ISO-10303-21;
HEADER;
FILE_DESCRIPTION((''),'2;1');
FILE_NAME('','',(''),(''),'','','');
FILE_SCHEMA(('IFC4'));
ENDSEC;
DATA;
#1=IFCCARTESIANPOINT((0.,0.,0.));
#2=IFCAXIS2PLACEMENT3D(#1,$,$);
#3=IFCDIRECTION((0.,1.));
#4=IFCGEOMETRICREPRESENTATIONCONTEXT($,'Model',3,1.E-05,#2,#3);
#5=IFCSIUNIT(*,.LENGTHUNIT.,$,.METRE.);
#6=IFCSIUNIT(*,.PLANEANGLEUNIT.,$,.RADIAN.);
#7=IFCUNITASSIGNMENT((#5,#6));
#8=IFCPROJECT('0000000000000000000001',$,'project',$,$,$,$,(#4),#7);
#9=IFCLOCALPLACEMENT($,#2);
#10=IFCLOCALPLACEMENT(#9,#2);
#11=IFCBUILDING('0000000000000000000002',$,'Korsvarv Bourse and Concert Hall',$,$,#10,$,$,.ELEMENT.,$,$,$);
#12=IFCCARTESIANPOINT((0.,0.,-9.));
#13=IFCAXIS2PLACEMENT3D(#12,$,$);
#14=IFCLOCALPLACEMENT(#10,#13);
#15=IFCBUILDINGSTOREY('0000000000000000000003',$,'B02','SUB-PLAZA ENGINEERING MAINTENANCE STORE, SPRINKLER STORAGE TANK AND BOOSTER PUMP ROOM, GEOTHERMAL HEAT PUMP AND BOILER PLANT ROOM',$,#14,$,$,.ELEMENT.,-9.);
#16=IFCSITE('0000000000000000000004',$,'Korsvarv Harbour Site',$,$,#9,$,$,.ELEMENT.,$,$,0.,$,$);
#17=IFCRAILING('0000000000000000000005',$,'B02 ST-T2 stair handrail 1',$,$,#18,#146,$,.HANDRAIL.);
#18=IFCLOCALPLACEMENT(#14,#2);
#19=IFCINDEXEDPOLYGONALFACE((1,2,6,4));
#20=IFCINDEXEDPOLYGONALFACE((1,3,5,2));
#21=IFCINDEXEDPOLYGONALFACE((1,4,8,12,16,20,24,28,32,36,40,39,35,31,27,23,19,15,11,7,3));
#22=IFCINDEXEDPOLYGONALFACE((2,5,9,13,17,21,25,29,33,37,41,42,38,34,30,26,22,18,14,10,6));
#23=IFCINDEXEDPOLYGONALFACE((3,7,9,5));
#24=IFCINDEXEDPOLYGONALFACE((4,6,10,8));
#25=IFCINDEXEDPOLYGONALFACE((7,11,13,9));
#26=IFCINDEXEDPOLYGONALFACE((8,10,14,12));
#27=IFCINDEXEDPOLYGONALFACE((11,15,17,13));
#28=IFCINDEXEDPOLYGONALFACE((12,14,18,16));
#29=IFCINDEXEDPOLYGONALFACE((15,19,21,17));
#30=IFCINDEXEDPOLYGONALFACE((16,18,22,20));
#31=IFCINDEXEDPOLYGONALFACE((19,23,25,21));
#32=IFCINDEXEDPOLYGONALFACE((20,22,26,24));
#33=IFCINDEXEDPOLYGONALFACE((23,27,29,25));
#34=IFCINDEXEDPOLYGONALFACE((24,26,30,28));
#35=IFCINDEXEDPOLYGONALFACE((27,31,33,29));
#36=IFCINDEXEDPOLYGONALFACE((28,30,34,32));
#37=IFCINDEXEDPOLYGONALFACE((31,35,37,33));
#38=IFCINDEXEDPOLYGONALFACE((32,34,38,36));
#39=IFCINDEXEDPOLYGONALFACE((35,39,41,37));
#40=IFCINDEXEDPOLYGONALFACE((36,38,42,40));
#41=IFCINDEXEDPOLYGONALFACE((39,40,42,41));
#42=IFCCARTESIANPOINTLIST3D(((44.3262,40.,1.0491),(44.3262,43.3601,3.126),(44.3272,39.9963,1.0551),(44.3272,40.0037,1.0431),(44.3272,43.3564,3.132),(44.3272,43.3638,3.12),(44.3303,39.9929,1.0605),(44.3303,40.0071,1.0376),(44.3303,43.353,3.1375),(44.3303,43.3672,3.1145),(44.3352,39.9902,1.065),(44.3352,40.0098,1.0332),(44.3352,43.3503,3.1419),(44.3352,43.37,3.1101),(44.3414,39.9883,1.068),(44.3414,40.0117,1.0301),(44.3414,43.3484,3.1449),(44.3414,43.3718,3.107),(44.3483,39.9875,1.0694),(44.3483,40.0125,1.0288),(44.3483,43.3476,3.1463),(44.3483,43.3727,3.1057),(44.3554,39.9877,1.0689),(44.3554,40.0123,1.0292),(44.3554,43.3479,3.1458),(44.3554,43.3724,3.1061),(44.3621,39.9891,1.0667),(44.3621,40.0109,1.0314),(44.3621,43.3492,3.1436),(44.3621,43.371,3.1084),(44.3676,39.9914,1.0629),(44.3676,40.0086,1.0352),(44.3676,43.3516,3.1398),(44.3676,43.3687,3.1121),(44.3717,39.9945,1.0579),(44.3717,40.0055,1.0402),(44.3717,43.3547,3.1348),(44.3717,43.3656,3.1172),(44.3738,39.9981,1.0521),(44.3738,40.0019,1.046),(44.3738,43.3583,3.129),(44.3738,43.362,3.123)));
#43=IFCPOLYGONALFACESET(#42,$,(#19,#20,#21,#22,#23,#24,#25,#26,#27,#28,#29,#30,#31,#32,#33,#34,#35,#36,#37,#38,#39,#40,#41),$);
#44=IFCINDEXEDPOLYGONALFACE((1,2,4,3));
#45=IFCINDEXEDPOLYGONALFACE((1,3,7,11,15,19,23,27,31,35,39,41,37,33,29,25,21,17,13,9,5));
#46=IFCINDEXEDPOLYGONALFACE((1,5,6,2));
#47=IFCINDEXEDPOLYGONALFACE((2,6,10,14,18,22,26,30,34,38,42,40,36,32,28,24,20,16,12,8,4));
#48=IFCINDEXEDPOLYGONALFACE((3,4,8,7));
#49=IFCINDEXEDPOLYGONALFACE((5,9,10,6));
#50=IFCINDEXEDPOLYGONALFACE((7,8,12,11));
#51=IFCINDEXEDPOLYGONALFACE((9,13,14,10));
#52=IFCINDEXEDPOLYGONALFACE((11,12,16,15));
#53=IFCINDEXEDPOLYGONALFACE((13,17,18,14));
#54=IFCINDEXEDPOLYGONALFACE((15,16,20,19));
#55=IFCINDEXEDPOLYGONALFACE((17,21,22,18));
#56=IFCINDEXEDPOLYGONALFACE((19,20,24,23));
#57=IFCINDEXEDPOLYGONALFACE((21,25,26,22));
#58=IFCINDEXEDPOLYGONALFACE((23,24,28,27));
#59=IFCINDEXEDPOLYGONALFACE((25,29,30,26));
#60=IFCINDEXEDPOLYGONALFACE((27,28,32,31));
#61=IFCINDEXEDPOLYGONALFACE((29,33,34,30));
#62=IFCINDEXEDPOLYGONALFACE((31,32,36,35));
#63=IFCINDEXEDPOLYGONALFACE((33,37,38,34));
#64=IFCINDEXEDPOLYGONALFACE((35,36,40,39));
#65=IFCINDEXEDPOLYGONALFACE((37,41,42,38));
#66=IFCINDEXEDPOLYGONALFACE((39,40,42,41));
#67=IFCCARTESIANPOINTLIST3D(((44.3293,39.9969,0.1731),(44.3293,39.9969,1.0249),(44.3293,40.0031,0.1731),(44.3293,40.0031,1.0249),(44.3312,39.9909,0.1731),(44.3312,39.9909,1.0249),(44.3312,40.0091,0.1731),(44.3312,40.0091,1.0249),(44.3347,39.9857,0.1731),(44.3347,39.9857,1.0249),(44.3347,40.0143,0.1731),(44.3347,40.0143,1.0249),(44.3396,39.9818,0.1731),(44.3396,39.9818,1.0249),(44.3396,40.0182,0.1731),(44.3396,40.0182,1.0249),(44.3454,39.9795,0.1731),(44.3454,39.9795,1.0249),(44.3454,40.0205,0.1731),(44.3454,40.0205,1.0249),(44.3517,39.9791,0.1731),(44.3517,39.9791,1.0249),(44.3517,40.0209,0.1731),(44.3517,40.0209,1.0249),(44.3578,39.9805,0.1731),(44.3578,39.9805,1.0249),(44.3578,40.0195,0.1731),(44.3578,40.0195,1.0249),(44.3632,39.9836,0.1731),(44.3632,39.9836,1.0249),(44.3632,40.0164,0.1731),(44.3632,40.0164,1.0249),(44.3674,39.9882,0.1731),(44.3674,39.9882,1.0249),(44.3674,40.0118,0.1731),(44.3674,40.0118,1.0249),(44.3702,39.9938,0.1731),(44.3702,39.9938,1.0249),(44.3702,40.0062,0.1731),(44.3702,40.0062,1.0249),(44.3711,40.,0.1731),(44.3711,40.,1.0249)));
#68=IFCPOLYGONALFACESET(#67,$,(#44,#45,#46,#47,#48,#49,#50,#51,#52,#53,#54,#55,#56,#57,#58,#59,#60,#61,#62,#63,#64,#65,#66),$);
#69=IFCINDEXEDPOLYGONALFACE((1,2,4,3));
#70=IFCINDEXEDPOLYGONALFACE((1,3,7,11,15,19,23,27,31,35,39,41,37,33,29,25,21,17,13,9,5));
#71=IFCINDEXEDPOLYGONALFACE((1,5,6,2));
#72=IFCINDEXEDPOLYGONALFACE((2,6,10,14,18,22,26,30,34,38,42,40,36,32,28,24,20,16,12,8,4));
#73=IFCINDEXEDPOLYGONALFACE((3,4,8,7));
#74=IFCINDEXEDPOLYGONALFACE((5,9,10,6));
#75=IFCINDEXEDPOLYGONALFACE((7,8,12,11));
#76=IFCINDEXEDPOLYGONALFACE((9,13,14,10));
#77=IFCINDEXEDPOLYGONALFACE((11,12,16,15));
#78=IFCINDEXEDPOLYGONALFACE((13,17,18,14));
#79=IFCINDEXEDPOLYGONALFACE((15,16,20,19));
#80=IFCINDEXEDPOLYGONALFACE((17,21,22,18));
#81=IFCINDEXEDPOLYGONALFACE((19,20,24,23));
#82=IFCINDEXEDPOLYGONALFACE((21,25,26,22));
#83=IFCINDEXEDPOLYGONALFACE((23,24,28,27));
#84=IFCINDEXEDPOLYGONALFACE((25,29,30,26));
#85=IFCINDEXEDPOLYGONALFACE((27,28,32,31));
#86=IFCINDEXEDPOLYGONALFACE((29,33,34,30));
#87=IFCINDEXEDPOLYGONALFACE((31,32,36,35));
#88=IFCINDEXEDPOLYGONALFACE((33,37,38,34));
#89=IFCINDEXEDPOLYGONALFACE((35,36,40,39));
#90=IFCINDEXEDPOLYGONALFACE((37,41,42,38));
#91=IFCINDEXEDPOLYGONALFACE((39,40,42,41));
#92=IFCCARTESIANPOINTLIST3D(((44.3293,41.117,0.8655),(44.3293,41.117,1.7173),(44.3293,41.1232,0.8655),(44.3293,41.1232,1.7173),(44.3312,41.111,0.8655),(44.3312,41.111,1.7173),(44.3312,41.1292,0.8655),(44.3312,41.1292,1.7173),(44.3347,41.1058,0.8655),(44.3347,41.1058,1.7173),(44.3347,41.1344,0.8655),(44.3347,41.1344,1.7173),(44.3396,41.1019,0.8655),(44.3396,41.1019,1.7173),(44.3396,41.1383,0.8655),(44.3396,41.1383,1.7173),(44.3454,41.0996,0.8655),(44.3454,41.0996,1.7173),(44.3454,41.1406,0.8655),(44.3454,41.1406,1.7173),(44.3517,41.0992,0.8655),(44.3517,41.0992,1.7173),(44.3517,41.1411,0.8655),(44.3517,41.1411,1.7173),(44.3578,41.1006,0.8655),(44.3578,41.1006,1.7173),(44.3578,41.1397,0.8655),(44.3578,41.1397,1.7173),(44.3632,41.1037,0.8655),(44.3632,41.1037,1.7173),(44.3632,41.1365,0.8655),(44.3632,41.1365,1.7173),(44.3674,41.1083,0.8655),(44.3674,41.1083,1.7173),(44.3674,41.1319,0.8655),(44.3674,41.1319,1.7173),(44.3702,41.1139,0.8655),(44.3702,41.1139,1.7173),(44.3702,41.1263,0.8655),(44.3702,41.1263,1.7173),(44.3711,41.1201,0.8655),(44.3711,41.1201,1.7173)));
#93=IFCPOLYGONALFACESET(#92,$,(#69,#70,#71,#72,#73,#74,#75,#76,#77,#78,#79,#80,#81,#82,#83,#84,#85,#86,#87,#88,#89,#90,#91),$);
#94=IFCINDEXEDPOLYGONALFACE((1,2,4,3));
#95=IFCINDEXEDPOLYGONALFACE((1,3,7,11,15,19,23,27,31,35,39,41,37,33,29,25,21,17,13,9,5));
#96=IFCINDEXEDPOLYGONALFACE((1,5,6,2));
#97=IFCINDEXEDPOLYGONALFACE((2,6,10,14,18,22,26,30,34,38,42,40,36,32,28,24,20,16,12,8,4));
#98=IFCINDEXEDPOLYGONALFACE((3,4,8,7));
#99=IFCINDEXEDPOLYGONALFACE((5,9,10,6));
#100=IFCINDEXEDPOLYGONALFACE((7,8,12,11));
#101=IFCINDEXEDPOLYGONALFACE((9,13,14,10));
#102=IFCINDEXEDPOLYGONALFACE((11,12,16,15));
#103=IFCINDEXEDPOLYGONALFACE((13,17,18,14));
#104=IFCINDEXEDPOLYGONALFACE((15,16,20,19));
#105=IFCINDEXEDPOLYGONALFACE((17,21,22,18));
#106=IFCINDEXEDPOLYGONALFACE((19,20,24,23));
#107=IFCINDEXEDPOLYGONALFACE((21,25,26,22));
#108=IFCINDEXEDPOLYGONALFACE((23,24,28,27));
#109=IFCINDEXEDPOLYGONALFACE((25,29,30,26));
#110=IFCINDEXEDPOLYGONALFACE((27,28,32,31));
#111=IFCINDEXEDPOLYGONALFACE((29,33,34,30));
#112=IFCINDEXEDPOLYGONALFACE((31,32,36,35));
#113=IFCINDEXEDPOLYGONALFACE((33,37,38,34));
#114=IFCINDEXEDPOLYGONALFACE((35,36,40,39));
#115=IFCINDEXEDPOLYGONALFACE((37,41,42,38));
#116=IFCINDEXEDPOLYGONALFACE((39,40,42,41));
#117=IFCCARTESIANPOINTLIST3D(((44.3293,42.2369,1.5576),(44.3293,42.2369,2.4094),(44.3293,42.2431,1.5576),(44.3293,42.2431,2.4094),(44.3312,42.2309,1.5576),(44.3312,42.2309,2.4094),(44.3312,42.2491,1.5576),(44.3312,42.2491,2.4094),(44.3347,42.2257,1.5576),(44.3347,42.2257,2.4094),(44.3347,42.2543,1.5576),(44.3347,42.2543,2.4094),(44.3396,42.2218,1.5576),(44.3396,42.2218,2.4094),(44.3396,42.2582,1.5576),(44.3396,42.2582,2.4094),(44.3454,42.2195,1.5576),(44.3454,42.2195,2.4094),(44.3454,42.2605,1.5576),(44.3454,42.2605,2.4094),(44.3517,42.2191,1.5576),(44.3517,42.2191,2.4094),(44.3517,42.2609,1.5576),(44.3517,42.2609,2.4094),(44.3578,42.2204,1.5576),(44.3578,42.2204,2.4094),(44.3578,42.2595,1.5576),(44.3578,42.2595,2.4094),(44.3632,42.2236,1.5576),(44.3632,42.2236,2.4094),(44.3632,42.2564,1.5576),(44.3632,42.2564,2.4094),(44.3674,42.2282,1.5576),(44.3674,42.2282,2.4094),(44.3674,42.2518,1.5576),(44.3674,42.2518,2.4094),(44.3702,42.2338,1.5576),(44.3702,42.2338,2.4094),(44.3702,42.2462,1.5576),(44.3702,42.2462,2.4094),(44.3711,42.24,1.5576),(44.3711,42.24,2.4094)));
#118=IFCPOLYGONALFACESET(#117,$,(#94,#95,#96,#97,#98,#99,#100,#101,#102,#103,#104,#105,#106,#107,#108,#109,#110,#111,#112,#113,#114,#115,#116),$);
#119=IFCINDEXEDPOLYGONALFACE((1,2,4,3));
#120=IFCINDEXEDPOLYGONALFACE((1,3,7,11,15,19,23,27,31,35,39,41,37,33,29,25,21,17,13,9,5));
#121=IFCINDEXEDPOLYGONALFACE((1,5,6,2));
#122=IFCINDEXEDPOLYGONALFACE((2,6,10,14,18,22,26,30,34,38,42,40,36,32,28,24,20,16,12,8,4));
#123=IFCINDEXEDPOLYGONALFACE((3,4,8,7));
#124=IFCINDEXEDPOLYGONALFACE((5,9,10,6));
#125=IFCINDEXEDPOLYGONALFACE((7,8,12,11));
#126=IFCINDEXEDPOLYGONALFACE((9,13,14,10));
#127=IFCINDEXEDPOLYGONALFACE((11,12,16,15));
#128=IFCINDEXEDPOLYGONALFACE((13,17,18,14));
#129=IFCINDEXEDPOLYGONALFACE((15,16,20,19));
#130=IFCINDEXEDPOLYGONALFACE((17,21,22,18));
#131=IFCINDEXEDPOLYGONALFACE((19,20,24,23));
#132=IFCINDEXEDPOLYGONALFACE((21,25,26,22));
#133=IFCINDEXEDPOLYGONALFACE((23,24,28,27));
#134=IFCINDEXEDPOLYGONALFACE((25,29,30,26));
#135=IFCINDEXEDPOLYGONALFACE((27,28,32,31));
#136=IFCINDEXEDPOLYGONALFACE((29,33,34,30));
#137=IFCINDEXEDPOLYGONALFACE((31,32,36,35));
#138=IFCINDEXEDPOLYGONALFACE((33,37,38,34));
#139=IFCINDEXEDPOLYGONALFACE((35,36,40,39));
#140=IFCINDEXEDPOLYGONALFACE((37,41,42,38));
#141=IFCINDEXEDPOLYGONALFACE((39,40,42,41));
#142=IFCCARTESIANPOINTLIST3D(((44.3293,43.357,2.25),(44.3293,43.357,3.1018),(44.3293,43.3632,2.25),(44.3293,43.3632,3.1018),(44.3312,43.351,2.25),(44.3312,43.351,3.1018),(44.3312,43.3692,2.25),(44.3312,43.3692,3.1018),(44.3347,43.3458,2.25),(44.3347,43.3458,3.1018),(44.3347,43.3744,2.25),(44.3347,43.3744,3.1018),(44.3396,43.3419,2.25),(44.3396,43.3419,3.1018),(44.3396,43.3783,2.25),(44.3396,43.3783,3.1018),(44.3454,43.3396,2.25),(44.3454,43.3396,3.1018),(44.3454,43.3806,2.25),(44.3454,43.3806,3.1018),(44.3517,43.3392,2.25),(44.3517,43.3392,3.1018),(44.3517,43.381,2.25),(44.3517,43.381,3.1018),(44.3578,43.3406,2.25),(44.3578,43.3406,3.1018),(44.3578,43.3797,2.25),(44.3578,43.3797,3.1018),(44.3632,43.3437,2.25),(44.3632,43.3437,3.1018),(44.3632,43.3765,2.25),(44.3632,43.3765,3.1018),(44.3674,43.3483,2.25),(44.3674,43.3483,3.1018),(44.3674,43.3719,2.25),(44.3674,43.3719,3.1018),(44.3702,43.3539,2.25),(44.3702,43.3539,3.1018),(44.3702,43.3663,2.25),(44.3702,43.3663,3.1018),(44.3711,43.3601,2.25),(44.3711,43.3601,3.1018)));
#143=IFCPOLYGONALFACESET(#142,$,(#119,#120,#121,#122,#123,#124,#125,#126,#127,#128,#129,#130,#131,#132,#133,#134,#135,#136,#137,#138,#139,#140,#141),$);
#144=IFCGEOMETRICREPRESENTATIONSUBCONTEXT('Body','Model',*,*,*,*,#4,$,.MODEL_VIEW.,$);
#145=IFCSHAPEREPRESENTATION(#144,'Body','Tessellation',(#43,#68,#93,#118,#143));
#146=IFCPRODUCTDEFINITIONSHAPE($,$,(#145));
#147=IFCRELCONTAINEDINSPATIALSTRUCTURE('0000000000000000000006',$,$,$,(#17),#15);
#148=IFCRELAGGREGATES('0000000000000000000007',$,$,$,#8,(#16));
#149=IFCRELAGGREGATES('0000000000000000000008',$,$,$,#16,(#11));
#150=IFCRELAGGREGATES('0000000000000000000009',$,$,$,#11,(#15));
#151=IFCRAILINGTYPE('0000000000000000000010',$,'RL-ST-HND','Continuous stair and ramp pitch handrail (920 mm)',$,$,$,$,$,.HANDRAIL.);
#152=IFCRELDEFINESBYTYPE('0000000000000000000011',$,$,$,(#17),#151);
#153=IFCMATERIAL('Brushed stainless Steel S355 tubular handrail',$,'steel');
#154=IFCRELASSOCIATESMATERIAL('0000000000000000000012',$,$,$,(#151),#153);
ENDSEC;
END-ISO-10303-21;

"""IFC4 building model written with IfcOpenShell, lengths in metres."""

from ifc_helpers import new_model, si_unit, direction, frame, origin, origin_2d, place, context, subcontext, project, spatial, circle, extrude, material, type_object, element, save


model = new_model("IFC4")

# Units and contexts
model_context = context("Model", 3, precision=1e-05, world=origin(), true_north=direction((0.0, 1.0)))
body_context = subcontext(model_context, "Body", "Model", "MODEL_VIEW")
ifc_project = project(units=[si_unit("LENGTHUNIT", "METRE"), si_unit("PLANEANGLEUNIT", "RADIAN")], contexts=[model_context])

# Site, building, storey
site_placement = place(None, origin())
site = spatial("IfcSite", under=ifc_project, at=site_placement, Name="Korsvarv Harbour Site", CompositionType="ELEMENT", RefElevation=0.0)
building_placement = place(site_placement, origin())
building = spatial("IfcBuilding", under=site, at=building_placement, Name="Korsvarv Bourse and Concert Hall", CompositionType="ELEMENT")
storey_placement = place(building_placement, frame((0.0, 0.0, -9.0)))
storey = spatial("IfcBuildingStorey", under=building, at=storey_placement, Name="B02", Description="SUB-PLAZA ENGINEERING MAINTENANCE STORE, SPRINKLER STORAGE TANK AND BOOSTER PUMP ROOM, GEOTHERMAL HEAT PUMP AND BOILER PLANT ROOM", CompositionType="ELEMENT", Elevation=-9.0)

# Railing
ifc_material_1 = material(Name="Brushed stainless Steel S355 tubular handrail", Category="steel")
railing_type_1 = type_object("IfcRailingType", Name="RL-ST-HND", Description="Continuous stair and ramp pitch handrail (920 mm)", PredefinedType="HANDRAIL", material=ifc_material_1)
for number, where, name in (
    (1, (44.3501, 40.0, 0.1731), "B02 ST-T2 stair handrail 1"),
):
    element("IfcRailing", number, at=place(storey_placement, frame(where)), inside=storey, type_object=railing_type_1, Name=name, PredefinedType="HANDRAIL", context=body_context, shape_type="SweptSolid", body=[
        extrude(circle(Radius=0.0239, at=origin_2d()), frame((0.0, 0.0, 0.876), z_axis=(0.0, 0.850623, 0.525776), x_axis=(-1.0, 0.0, 0.0)), (0.0, 0.0, 1.0), 3.9502),
        extrude(circle(Radius=0.021, at=origin_2d()), origin(), (0.0, 0.0, 1.0), 0.8518),
        extrude(circle(Radius=0.021, at=origin_2d()), frame((0.0, 1.1201, 0.6924)), (0.0, 0.0, 1.0), 0.8518),
        extrude(circle(Radius=0.021, at=origin_2d()), frame((0.0, 2.24, 1.3845)), (0.0, 0.0, 1.0), 0.8518),
        extrude(circle(Radius=0.021, at=origin_2d()), frame((0.0, 3.3601, 2.0769)), (0.0, 0.0, 1.0), 0.8518),
    ])

save(model, "model.ifc")
